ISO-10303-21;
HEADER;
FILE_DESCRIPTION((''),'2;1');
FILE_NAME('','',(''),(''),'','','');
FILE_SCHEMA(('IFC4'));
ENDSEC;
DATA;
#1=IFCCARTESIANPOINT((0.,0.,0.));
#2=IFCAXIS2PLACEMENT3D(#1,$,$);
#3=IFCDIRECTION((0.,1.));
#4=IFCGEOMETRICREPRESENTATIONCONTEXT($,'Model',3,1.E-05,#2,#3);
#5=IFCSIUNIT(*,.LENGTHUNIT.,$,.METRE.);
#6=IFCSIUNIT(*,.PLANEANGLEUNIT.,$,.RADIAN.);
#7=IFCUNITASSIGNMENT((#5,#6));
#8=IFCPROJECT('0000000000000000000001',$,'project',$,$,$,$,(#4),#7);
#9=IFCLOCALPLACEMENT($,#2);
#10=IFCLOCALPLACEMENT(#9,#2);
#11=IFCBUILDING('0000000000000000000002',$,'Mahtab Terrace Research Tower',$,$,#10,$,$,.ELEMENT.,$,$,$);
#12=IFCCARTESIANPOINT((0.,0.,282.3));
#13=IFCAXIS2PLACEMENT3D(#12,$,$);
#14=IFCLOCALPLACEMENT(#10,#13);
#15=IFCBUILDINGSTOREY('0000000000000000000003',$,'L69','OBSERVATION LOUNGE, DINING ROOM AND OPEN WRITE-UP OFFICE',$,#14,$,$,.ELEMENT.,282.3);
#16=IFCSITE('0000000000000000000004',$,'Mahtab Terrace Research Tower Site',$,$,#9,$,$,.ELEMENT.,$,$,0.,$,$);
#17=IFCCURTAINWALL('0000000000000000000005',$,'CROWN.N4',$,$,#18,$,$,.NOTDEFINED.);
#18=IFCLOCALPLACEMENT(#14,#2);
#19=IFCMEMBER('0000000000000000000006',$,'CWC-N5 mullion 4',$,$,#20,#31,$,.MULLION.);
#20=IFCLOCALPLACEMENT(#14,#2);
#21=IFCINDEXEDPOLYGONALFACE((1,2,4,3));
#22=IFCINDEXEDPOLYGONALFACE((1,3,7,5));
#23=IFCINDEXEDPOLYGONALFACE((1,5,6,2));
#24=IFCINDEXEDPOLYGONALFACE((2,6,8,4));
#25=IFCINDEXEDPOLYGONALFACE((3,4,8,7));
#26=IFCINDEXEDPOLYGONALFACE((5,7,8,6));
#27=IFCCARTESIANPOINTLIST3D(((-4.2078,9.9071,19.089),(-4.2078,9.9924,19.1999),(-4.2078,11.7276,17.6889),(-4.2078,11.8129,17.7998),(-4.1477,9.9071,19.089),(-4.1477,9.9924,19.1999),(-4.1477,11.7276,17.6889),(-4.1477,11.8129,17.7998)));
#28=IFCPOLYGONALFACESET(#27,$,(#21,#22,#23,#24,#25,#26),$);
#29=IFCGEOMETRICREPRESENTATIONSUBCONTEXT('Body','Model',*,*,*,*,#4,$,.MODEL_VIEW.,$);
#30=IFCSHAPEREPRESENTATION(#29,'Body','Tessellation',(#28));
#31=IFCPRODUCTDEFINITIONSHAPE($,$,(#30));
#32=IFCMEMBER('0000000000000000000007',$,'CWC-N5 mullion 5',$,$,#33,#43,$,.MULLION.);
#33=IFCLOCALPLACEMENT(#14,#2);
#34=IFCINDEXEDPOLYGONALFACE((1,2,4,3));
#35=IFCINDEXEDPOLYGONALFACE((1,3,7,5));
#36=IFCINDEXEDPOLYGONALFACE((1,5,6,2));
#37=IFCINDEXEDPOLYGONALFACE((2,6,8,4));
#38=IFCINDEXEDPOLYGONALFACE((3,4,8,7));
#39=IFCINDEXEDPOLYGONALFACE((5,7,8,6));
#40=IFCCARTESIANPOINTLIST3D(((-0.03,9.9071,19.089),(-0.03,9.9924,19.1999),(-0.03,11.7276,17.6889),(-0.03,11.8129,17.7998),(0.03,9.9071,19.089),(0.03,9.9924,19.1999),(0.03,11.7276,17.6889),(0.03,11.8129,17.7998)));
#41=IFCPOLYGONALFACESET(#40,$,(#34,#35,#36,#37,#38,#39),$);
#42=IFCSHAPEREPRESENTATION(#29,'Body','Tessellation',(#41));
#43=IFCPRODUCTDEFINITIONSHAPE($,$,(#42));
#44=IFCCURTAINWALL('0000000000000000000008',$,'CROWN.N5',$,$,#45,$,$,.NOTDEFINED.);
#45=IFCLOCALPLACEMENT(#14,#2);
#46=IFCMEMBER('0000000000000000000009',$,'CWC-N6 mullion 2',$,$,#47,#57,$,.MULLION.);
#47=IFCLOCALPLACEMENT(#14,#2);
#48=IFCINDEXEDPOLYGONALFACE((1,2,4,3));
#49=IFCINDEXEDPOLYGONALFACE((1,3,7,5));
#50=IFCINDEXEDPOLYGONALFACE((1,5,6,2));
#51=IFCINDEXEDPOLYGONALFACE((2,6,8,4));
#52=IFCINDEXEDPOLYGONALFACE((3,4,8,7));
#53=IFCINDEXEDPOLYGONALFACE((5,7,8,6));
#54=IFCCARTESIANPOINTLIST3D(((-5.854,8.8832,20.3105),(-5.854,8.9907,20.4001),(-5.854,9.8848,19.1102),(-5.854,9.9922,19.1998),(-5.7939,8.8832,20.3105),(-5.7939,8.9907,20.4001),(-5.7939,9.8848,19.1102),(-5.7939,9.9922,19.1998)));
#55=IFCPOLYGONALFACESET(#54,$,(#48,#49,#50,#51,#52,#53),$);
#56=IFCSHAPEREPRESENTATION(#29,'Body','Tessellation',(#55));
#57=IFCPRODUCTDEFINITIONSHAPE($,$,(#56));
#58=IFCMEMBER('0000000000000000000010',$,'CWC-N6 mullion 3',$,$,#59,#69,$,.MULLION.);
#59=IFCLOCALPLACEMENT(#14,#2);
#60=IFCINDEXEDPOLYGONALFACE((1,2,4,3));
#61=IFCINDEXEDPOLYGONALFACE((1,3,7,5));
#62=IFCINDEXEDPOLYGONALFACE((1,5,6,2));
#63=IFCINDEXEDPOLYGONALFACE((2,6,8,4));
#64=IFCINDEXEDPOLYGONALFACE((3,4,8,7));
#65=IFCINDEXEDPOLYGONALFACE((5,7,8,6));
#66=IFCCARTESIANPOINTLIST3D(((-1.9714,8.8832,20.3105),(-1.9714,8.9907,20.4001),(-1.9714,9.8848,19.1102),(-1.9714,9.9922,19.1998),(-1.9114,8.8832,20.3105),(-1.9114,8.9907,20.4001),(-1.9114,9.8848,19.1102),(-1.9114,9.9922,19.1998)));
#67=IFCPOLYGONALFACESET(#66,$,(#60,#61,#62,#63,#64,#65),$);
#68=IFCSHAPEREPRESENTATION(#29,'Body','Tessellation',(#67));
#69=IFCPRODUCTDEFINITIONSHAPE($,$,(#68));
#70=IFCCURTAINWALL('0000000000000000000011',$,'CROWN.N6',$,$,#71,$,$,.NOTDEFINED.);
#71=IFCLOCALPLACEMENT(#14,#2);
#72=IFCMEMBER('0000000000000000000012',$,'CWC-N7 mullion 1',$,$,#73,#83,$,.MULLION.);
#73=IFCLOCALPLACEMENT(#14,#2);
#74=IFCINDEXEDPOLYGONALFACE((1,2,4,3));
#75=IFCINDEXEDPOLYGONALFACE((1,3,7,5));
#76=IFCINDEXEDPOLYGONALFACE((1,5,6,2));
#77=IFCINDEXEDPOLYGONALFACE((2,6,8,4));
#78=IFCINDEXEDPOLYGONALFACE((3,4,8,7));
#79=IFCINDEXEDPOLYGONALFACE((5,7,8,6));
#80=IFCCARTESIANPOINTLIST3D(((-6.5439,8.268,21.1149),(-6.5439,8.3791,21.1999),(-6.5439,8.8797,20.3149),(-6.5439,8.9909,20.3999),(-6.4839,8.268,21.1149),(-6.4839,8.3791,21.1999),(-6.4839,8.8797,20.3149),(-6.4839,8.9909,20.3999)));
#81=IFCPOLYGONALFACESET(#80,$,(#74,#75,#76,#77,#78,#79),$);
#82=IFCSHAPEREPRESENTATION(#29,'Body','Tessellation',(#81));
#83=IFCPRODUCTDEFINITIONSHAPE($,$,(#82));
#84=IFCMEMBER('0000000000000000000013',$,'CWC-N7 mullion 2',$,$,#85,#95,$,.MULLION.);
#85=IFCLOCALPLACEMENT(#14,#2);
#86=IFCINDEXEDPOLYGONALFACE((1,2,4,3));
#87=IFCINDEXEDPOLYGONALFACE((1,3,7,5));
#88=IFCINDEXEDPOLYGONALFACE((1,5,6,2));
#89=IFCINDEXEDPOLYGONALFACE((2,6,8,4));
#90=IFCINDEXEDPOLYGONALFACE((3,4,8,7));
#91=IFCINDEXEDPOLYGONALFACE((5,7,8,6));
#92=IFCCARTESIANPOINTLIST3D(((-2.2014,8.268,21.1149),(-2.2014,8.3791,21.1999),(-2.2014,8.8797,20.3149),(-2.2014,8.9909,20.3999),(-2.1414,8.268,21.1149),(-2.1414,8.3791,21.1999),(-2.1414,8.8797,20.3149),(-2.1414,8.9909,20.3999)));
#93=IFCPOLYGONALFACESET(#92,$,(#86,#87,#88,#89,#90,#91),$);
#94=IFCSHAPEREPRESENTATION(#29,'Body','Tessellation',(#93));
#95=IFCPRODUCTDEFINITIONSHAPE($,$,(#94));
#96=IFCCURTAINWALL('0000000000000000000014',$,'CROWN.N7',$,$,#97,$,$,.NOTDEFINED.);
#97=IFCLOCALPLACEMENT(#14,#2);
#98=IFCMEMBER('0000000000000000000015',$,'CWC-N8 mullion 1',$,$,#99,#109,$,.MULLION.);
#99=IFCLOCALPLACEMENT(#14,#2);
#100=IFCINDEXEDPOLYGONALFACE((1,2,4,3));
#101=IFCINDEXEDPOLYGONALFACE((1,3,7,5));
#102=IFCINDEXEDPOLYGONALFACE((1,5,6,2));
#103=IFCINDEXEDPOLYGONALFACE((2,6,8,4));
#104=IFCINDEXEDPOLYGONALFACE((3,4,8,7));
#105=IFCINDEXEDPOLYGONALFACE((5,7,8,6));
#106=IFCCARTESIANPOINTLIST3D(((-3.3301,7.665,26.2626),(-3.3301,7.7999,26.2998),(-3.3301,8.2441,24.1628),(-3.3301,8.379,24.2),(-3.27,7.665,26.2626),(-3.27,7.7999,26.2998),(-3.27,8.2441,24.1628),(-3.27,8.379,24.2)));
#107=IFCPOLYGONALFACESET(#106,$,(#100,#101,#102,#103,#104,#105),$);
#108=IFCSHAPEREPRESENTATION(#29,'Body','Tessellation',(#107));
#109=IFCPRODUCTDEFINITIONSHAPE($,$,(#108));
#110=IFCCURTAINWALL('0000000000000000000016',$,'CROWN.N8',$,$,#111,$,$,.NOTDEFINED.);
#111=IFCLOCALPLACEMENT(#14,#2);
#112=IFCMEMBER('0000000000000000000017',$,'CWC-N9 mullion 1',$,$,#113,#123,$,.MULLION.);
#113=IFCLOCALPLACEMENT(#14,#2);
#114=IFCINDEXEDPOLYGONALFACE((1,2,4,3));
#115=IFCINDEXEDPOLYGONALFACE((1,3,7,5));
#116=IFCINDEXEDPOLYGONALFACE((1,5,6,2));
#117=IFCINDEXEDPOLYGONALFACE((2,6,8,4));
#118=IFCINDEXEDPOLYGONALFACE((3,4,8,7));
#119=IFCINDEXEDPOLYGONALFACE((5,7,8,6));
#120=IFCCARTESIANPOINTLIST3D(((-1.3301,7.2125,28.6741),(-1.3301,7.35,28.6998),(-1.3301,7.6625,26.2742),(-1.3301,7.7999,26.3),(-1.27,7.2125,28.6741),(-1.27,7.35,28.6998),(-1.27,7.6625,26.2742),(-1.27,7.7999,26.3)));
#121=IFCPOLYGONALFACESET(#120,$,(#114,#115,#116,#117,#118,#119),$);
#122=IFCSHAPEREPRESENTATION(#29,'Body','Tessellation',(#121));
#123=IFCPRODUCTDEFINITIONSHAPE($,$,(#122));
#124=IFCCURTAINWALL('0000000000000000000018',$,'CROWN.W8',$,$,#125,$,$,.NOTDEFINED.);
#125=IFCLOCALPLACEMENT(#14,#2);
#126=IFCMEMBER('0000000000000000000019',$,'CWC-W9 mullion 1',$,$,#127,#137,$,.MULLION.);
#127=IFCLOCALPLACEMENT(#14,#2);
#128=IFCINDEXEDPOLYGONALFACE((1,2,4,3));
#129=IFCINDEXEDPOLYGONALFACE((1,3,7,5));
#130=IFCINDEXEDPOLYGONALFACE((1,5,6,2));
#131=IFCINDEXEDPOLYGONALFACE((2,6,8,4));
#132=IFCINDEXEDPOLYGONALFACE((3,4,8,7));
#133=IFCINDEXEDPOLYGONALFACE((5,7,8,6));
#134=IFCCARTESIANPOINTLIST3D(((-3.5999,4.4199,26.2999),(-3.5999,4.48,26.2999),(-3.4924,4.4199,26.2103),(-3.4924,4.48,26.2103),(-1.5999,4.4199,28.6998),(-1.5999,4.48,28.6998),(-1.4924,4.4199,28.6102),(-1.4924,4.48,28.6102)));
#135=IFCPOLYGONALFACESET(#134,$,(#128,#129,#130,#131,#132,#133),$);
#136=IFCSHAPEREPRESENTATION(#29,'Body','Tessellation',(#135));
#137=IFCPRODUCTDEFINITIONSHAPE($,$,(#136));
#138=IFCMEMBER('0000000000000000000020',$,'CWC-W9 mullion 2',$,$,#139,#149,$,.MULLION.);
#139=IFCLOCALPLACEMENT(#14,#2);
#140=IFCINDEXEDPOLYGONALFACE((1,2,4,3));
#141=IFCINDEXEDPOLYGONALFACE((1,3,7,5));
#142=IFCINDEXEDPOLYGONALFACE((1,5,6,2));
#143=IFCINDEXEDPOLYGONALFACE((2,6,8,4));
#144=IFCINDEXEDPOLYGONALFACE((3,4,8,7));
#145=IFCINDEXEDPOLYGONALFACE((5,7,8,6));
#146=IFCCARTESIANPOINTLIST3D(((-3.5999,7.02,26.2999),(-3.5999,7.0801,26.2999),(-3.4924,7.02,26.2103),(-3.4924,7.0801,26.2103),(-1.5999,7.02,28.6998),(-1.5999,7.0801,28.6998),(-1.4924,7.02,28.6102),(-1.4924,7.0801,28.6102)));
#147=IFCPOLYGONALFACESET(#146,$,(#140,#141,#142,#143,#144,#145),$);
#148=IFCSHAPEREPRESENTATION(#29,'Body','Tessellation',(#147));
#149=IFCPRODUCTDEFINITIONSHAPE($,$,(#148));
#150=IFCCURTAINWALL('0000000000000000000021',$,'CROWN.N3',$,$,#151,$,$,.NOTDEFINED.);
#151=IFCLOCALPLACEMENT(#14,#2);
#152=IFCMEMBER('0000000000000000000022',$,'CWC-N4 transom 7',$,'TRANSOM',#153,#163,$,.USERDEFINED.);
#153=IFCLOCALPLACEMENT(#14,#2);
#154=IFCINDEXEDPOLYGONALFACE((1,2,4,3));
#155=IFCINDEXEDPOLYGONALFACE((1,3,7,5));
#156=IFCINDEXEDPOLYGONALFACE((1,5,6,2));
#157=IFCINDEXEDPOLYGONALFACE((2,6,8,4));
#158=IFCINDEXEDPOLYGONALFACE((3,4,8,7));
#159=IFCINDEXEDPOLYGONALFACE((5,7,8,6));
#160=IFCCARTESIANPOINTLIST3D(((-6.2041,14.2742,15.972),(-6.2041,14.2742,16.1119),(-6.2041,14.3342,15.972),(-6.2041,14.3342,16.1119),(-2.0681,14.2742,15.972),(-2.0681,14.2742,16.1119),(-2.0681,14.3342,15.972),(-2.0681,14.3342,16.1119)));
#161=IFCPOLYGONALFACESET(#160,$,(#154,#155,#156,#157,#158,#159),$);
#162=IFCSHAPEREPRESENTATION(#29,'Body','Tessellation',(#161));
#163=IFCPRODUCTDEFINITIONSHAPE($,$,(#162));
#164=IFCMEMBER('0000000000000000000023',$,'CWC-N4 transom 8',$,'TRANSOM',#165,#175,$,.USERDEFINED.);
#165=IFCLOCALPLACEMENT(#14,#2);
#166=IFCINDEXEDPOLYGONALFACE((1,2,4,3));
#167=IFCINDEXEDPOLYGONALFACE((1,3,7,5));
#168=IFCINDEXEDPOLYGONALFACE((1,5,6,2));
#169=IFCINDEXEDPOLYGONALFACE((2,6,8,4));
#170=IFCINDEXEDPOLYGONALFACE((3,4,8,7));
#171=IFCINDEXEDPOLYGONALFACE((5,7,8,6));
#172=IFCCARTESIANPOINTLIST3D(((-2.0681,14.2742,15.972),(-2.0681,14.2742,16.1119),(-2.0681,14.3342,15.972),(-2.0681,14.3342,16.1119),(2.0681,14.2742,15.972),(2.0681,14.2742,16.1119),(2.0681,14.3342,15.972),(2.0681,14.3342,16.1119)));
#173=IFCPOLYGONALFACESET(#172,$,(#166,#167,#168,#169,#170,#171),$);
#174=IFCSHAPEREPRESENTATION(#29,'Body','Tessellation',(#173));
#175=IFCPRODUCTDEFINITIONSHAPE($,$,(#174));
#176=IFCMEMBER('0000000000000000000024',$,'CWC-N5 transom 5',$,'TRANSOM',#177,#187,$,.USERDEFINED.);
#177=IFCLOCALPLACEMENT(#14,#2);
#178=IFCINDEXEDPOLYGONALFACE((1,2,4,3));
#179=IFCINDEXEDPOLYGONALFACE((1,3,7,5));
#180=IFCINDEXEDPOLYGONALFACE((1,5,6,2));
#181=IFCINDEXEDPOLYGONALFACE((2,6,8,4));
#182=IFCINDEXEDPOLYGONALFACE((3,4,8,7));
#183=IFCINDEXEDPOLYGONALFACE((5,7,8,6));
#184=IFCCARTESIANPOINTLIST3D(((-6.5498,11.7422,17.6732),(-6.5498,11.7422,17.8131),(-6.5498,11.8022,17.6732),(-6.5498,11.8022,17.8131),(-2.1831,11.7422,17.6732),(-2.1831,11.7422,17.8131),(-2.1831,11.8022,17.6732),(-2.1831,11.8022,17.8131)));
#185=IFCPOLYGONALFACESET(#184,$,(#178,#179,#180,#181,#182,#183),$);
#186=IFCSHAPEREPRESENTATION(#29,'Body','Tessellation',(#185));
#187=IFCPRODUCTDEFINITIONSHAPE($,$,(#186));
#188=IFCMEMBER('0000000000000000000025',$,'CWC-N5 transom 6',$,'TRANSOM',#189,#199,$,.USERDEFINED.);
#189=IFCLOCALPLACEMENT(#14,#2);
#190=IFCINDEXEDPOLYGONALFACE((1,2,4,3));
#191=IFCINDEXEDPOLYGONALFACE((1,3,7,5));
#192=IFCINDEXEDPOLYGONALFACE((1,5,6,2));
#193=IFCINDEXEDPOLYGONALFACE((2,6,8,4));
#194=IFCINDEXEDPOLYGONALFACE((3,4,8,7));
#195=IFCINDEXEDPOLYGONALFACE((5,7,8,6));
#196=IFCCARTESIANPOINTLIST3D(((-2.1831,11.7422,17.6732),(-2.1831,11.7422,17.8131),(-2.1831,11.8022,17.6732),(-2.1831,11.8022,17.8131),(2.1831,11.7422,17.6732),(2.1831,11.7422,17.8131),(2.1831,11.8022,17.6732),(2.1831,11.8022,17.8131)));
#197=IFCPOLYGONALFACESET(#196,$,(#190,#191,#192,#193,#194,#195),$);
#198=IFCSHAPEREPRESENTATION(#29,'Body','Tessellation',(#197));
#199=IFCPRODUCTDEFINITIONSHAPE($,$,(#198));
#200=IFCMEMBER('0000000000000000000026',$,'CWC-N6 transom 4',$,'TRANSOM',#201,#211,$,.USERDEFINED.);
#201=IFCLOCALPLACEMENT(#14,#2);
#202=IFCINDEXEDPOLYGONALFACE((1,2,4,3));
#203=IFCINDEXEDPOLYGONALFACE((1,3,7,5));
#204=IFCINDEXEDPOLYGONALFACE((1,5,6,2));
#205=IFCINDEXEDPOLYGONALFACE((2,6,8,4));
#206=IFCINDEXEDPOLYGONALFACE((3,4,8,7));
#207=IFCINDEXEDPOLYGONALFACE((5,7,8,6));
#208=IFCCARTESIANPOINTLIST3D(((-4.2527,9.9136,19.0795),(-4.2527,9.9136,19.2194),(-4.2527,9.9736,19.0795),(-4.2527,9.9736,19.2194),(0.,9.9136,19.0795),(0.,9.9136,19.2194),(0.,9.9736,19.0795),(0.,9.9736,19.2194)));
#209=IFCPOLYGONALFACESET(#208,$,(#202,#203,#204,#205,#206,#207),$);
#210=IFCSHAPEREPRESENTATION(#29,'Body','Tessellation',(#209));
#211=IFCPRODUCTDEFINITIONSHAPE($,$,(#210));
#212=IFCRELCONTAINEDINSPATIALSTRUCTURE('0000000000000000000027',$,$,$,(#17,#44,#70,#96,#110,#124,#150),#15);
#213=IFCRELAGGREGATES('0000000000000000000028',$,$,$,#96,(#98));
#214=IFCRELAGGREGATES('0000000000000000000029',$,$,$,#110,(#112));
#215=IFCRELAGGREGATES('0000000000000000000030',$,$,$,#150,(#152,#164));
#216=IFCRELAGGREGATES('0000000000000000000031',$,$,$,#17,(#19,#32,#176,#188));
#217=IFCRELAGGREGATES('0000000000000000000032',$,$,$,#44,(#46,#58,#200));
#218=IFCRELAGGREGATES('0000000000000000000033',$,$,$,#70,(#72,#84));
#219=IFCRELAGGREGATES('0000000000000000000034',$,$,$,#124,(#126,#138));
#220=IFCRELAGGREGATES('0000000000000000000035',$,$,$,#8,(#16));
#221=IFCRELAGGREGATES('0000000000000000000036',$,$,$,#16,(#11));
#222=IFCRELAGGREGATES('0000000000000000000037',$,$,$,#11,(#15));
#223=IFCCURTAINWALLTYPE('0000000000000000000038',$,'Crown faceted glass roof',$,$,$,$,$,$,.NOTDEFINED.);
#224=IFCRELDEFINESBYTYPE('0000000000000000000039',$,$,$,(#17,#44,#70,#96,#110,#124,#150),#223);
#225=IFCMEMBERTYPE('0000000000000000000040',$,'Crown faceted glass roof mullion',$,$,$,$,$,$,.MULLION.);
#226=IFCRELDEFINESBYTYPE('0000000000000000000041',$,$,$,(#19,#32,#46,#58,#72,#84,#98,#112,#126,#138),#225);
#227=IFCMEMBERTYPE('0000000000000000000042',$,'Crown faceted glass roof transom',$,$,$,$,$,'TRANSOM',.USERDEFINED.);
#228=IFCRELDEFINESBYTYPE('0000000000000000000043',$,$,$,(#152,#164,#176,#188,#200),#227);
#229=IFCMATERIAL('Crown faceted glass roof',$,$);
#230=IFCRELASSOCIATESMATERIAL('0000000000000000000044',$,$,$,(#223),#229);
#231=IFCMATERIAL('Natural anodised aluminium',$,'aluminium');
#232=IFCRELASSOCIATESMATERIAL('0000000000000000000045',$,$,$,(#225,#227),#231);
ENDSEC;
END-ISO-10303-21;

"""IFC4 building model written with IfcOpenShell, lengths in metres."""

from ifc_helpers import new_model, si_unit, direction, frame, origin, origin_2d, place, context, subcontext, project, spatial, rectangle, extrude, material, material_profile, profile_set, type_object, element, aggregate, save


model = new_model("IFC4")

# Units and contexts
model_context = context("Model", 3, precision=1e-05, world=origin(), true_north=direction((0.0, 1.0)))
body_context = subcontext(model_context, "Body", "Model", "MODEL_VIEW")
ifc_project = project(units=[si_unit("LENGTHUNIT", "METRE"), si_unit("PLANEANGLEUNIT", "RADIAN")], contexts=[model_context])

# Site, building, storey
site_placement = place(None, origin())
site = spatial("IfcSite", under=ifc_project, at=site_placement, Name="Mahtab Terrace Research Tower Site", CompositionType="ELEMENT", RefElevation=0.0)
building_placement = place(site_placement, origin())
building = spatial("IfcBuilding", under=site, at=building_placement, Name="Mahtab Terrace Research Tower", CompositionType="ELEMENT")
storey_placement = place(building_placement, frame((0.0, 0.0, 282.3)))
storey = spatial("IfcBuildingStorey", under=building, at=storey_placement, Name="L69", Description="OBSERVATION LOUNGE, DINING ROOM AND OPEN WRITE-UP OFFICE", CompositionType="ELEMENT", Elevation=282.3)

# Curtain walls, members
ifc_material_1 = material(Name="Crown faceted glass roof")
curtain_wall_type = type_object("IfcCurtainWallType", Name="Crown faceted glass roof", PredefinedType="NOTDEFINED", material=ifc_material_1)
curtain_wall_1_placement = place(storey_placement, origin())
curtain_wall_1 = element("IfcCurtainWall", 1, at=curtain_wall_1_placement, inside=storey, type_object=curtain_wall_type, Name="CROWN.N4", PredefinedType="NOTDEFINED")
ifc_material_2 = material(Name="Natural anodised aluminium", Category="aluminium")
ifc_material_profile_1 = material_profile(ifc_material_2, rectangle(XDim=0.0601, YDim=0.1399, at=origin_2d()), Name="MULLION 60x140")
ifc_profile_set_1 = profile_set([ifc_material_profile_1], Name="Natural anodised aluminium")
member_type_1 = type_object("IfcMemberType", Name="Crown faceted glass roof mullion", PredefinedType="MULLION", material=ifc_profile_set_1)
member_1_placement = place(storey_placement, frame((-4.1777, 11.7703, 17.7444), z_axis=(0.0, -0.792683, 0.609634), x_axis=(1.0, 0.0, 0.0)))
member_1 = element("IfcMember", 2, at=member_1_placement, type_object=member_type_1, Name="CWC-N5 mullion 4", PredefinedType="MULLION", context=body_context, shape_type="SweptSolid", body=[
    extrude(rectangle(XDim=0.0601, YDim=0.1399, at=origin_2d()), origin(), (0.0, 0.0, 1.0), 2.2966),
])
member_2_placement = place(storey_placement, frame((0.0, 11.7703, 17.7444), z_axis=(0.0, -0.792683, 0.609634), x_axis=(1.0, 0.0, 0.0)))
member_2 = element("IfcMember", 3, at=member_2_placement, type_object=member_type_1, Name="CWC-N5 mullion 5", PredefinedType="MULLION", context=body_context, shape_type="SweptSolid", body=[
    extrude(rectangle(XDim=0.0601, YDim=0.1399, at=origin_2d()), origin(), (0.0, 0.0, 1.0), 2.2966),
])
curtain_wall_2_placement = place(storey_placement, origin())
curtain_wall_2 = element("IfcCurtainWall", 4, at=curtain_wall_2_placement, inside=storey, type_object=curtain_wall_type, Name="CROWN.N5", PredefinedType="NOTDEFINED")
member_3_placement = place(storey_placement, frame((-5.824, 9.9385, 19.155), z_axis=(0.0, -0.640676, 0.767811), x_axis=(1.0, 0.0, 0.0)))
member_3 = element("IfcMember", 5, at=member_3_placement, type_object=member_type_1, Name="CWC-N6 mullion 2", PredefinedType="MULLION", context=body_context, shape_type="SweptSolid", body=[
    extrude(rectangle(XDim=0.0601, YDim=0.1399, at=origin_2d()), origin(), (0.0, 0.0, 1.0), 1.5632),
])
member_4_placement = place(storey_placement, frame((-1.9414, 9.9385, 19.155), z_axis=(0.0, -0.640676, 0.767811), x_axis=(1.0, 0.0, 0.0)))
member_4 = element("IfcMember", 6, at=member_4_placement, type_object=member_type_1, Name="CWC-N6 mullion 3", PredefinedType="MULLION", context=body_context, shape_type="SweptSolid", body=[
    extrude(rectangle(XDim=0.0601, YDim=0.1399, at=origin_2d()), origin(), (0.0, 0.0, 1.0), 1.5632),
])
curtain_wall_3_placement = place(storey_placement, origin())
curtain_wall_3 = element("IfcCurtainWall", 7, at=curtain_wall_3_placement, inside=storey, type_object=curtain_wall_type, Name="CROWN.N6", PredefinedType="NOTDEFINED")
member_5_placement = place(storey_placement, frame((-6.5139, 8.9353, 20.3574), z_axis=(0.0, -0.607459, 0.794351), x_axis=(1.0, 0.0, 0.0)))
member_5 = element("IfcMember", 8, at=member_5_placement, type_object=member_type_1, Name="CWC-N7 mullion 1", PredefinedType="MULLION", context=body_context, shape_type="SweptSolid", body=[
    extrude(rectangle(XDim=0.0601, YDim=0.1399, at=origin_2d()), origin(), (0.0, 0.0, 1.0), 1.0071),
])
member_6_placement = place(storey_placement, frame((-2.1714, 8.9353, 20.3574), z_axis=(0.0, -0.607459, 0.794351), x_axis=(1.0, 0.0, 0.0)))
member_6 = element("IfcMember", 9, at=member_6_placement, type_object=member_type_1, Name="CWC-N7 mullion 2", PredefinedType="MULLION", context=body_context, shape_type="SweptSolid", body=[
    extrude(rectangle(XDim=0.0601, YDim=0.1399, at=origin_2d()), origin(), (0.0, 0.0, 1.0), 1.0071),
])

# Curtain walls, members
curtain_wall_4_placement = place(storey_placement, origin())
curtain_wall_4 = element("IfcCurtainWall", 10, at=curtain_wall_4_placement, inside=storey, type_object=curtain_wall_type, Name="CROWN.N7", PredefinedType="NOTDEFINED")
member_7_placement = place(storey_placement, frame((-3.3, 8.3115, 24.1814), z_axis=(0.0, -0.265857, 0.964012), x_axis=(1.0, 0.0, 0.0)))
member_7 = element("IfcMember", 11, at=member_7_placement, type_object=member_type_1, Name="CWC-N8 mullion 1", PredefinedType="MULLION", context=body_context, shape_type="SweptSolid", body=[
    extrude(rectangle(XDim=0.0601, YDim=0.1399, at=origin_2d()), origin(), (0.0, 0.0, 1.0), 2.1782),
])
aggregate(curtain_wall_4, [member_7])
curtain_wall_5_placement = place(storey_placement, origin())
curtain_wall_5 = element("IfcCurtainWall", 12, at=curtain_wall_5_placement, inside=storey, type_object=curtain_wall_type, Name="CROWN.N8", PredefinedType="NOTDEFINED")
member_8_placement = place(storey_placement, frame((-1.3, 7.7312, 26.2871), z_axis=(0.0, -0.184276, 0.982874), x_axis=(1.0, 0.0, 0.0)))
member_8 = element("IfcMember", 13, at=member_8_placement, type_object=member_type_1, Name="CWC-N9 mullion 1", PredefinedType="MULLION", context=body_context, shape_type="SweptSolid", body=[
    extrude(rectangle(XDim=0.0601, YDim=0.1399, at=origin_2d()), origin(), (0.0, 0.0, 1.0), 2.4417),
])
aggregate(curtain_wall_5, [member_8])

# Curtain walls, members
curtain_wall_6_placement = place(storey_placement, origin())
curtain_wall_6 = element("IfcCurtainWall", 14, at=curtain_wall_6_placement, inside=storey, type_object=curtain_wall_type, Name="CROWN.W8", PredefinedType="NOTDEFINED")
member_9_placement = place(storey_placement, frame((-3.5461, 4.45, 26.2551), z_axis=(0.6402, 0.0, 0.768208), x_axis=(0.0, 1.0, 0.0)))
member_9 = element("IfcMember", 15, at=member_9_placement, type_object=member_type_1, Name="CWC-W9 mullion 1", PredefinedType="MULLION", context=body_context, shape_type="SweptSolid", body=[
    extrude(rectangle(XDim=0.0601, YDim=0.1399, at=origin_2d()), origin(), (0.0, 0.0, 1.0), 3.124),
])
member_10_placement = place(storey_placement, frame((-3.5461, 7.05, 26.2551), z_axis=(0.6402, 0.0, 0.768208), x_axis=(0.0, 1.0, 0.0)))
member_10 = element("IfcMember", 16, at=member_10_placement, type_object=member_type_1, Name="CWC-W9 mullion 2", PredefinedType="MULLION", context=body_context, shape_type="SweptSolid", body=[
    extrude(rectangle(XDim=0.0601, YDim=0.1399, at=origin_2d()), origin(), (0.0, 0.0, 1.0), 3.124),
])
curtain_wall_7_placement = place(storey_placement, origin())
curtain_wall_7 = element("IfcCurtainWall", 17, at=curtain_wall_7_placement, inside=storey, type_object=curtain_wall_type, Name="CROWN.N3", PredefinedType="NOTDEFINED")
ifc_material_profile_2 = material_profile(ifc_material_2, rectangle(XDim=0.0601, YDim=0.1399, at=origin_2d()), Name="TRANSOM 60x140")
ifc_profile_set_2 = profile_set([ifc_material_profile_2], Name="Natural anodised aluminium")
member_type_2 = type_object("IfcMemberType", Name="Crown faceted glass roof transom", ElementType="TRANSOM", PredefinedType="USERDEFINED", material=ifc_profile_set_2)
member_11_placement = place(storey_placement, frame((-6.2041, 14.3042, 16.042), z_axis=(1.0, 0.0, 0.0), x_axis=(0.0, 1.0, 0.0)))
member_11 = element("IfcMember", 18, at=member_11_placement, type_object=member_type_2, Name="CWC-N4 transom 7", ObjectType="TRANSOM", PredefinedType="USERDEFINED", context=body_context, shape_type="SweptSolid", body=[
    extrude(rectangle(XDim=0.0601, YDim=0.1399, at=origin_2d()), origin(), (0.0, 0.0, 1.0), 4.136),
])
member_12_placement = place(storey_placement, frame((-2.0681, 14.3042, 16.042), z_axis=(1.0, 0.0, 0.0), x_axis=(0.0, 1.0, 0.0)))
member_12 = element("IfcMember", 19, at=member_12_placement, type_object=member_type_2, Name="CWC-N4 transom 8", ObjectType="TRANSOM", PredefinedType="USERDEFINED", context=body_context, shape_type="SweptSolid", body=[
    extrude(rectangle(XDim=0.0601, YDim=0.1399, at=origin_2d()), origin(), (0.0, 0.0, 1.0), 4.1362),
])

# Members
member_13_placement = place(storey_placement, frame((-6.5498, 11.7722, 17.7432), z_axis=(1.0, 0.0, 0.0), x_axis=(0.0, 1.0, 0.0)))
member_13 = element("IfcMember", 20, at=member_13_placement, type_object=member_type_2, Name="CWC-N5 transom 5", ObjectType="TRANSOM", PredefinedType="USERDEFINED", context=body_context, shape_type="SweptSolid", body=[
    extrude(rectangle(XDim=0.0601, YDim=0.1399, at=origin_2d()), origin(), (0.0, 0.0, 1.0), 4.3667),
])
member_14_placement = place(storey_placement, frame((-2.1831, 11.7722, 17.7432), z_axis=(1.0, 0.0, 0.0), x_axis=(0.0, 1.0, 0.0)))
member_14 = element("IfcMember", 21, at=member_14_placement, type_object=member_type_2, Name="CWC-N5 transom 6", ObjectType="TRANSOM", PredefinedType="USERDEFINED", context=body_context, shape_type="SweptSolid", body=[
    extrude(rectangle(XDim=0.0601, YDim=0.1399, at=origin_2d()), origin(), (0.0, 0.0, 1.0), 4.3662),
])
member_15_placement = place(storey_placement, frame((-4.2527, 9.9436, 19.1494), z_axis=(1.0, 0.0, 0.0), x_axis=(0.0, 1.0, 0.0)))
member_15 = element("IfcMember", 22, at=member_15_placement, type_object=member_type_2, Name="CWC-N6 transom 4", ObjectType="TRANSOM", PredefinedType="USERDEFINED", context=body_context, shape_type="SweptSolid", body=[
    extrude(rectangle(XDim=0.0601, YDim=0.1399, at=origin_2d()), origin(), (0.0, 0.0, 1.0), 4.2527),
])

aggregate(curtain_wall_7, [member_11, member_12])
aggregate(curtain_wall_1, [member_1, member_2, member_13, member_14])
aggregate(curtain_wall_2, [member_3, member_4, member_15])
aggregate(curtain_wall_3, [member_5, member_6])

aggregate(curtain_wall_6, [member_9, member_10])

save(model, "model.ifc")
